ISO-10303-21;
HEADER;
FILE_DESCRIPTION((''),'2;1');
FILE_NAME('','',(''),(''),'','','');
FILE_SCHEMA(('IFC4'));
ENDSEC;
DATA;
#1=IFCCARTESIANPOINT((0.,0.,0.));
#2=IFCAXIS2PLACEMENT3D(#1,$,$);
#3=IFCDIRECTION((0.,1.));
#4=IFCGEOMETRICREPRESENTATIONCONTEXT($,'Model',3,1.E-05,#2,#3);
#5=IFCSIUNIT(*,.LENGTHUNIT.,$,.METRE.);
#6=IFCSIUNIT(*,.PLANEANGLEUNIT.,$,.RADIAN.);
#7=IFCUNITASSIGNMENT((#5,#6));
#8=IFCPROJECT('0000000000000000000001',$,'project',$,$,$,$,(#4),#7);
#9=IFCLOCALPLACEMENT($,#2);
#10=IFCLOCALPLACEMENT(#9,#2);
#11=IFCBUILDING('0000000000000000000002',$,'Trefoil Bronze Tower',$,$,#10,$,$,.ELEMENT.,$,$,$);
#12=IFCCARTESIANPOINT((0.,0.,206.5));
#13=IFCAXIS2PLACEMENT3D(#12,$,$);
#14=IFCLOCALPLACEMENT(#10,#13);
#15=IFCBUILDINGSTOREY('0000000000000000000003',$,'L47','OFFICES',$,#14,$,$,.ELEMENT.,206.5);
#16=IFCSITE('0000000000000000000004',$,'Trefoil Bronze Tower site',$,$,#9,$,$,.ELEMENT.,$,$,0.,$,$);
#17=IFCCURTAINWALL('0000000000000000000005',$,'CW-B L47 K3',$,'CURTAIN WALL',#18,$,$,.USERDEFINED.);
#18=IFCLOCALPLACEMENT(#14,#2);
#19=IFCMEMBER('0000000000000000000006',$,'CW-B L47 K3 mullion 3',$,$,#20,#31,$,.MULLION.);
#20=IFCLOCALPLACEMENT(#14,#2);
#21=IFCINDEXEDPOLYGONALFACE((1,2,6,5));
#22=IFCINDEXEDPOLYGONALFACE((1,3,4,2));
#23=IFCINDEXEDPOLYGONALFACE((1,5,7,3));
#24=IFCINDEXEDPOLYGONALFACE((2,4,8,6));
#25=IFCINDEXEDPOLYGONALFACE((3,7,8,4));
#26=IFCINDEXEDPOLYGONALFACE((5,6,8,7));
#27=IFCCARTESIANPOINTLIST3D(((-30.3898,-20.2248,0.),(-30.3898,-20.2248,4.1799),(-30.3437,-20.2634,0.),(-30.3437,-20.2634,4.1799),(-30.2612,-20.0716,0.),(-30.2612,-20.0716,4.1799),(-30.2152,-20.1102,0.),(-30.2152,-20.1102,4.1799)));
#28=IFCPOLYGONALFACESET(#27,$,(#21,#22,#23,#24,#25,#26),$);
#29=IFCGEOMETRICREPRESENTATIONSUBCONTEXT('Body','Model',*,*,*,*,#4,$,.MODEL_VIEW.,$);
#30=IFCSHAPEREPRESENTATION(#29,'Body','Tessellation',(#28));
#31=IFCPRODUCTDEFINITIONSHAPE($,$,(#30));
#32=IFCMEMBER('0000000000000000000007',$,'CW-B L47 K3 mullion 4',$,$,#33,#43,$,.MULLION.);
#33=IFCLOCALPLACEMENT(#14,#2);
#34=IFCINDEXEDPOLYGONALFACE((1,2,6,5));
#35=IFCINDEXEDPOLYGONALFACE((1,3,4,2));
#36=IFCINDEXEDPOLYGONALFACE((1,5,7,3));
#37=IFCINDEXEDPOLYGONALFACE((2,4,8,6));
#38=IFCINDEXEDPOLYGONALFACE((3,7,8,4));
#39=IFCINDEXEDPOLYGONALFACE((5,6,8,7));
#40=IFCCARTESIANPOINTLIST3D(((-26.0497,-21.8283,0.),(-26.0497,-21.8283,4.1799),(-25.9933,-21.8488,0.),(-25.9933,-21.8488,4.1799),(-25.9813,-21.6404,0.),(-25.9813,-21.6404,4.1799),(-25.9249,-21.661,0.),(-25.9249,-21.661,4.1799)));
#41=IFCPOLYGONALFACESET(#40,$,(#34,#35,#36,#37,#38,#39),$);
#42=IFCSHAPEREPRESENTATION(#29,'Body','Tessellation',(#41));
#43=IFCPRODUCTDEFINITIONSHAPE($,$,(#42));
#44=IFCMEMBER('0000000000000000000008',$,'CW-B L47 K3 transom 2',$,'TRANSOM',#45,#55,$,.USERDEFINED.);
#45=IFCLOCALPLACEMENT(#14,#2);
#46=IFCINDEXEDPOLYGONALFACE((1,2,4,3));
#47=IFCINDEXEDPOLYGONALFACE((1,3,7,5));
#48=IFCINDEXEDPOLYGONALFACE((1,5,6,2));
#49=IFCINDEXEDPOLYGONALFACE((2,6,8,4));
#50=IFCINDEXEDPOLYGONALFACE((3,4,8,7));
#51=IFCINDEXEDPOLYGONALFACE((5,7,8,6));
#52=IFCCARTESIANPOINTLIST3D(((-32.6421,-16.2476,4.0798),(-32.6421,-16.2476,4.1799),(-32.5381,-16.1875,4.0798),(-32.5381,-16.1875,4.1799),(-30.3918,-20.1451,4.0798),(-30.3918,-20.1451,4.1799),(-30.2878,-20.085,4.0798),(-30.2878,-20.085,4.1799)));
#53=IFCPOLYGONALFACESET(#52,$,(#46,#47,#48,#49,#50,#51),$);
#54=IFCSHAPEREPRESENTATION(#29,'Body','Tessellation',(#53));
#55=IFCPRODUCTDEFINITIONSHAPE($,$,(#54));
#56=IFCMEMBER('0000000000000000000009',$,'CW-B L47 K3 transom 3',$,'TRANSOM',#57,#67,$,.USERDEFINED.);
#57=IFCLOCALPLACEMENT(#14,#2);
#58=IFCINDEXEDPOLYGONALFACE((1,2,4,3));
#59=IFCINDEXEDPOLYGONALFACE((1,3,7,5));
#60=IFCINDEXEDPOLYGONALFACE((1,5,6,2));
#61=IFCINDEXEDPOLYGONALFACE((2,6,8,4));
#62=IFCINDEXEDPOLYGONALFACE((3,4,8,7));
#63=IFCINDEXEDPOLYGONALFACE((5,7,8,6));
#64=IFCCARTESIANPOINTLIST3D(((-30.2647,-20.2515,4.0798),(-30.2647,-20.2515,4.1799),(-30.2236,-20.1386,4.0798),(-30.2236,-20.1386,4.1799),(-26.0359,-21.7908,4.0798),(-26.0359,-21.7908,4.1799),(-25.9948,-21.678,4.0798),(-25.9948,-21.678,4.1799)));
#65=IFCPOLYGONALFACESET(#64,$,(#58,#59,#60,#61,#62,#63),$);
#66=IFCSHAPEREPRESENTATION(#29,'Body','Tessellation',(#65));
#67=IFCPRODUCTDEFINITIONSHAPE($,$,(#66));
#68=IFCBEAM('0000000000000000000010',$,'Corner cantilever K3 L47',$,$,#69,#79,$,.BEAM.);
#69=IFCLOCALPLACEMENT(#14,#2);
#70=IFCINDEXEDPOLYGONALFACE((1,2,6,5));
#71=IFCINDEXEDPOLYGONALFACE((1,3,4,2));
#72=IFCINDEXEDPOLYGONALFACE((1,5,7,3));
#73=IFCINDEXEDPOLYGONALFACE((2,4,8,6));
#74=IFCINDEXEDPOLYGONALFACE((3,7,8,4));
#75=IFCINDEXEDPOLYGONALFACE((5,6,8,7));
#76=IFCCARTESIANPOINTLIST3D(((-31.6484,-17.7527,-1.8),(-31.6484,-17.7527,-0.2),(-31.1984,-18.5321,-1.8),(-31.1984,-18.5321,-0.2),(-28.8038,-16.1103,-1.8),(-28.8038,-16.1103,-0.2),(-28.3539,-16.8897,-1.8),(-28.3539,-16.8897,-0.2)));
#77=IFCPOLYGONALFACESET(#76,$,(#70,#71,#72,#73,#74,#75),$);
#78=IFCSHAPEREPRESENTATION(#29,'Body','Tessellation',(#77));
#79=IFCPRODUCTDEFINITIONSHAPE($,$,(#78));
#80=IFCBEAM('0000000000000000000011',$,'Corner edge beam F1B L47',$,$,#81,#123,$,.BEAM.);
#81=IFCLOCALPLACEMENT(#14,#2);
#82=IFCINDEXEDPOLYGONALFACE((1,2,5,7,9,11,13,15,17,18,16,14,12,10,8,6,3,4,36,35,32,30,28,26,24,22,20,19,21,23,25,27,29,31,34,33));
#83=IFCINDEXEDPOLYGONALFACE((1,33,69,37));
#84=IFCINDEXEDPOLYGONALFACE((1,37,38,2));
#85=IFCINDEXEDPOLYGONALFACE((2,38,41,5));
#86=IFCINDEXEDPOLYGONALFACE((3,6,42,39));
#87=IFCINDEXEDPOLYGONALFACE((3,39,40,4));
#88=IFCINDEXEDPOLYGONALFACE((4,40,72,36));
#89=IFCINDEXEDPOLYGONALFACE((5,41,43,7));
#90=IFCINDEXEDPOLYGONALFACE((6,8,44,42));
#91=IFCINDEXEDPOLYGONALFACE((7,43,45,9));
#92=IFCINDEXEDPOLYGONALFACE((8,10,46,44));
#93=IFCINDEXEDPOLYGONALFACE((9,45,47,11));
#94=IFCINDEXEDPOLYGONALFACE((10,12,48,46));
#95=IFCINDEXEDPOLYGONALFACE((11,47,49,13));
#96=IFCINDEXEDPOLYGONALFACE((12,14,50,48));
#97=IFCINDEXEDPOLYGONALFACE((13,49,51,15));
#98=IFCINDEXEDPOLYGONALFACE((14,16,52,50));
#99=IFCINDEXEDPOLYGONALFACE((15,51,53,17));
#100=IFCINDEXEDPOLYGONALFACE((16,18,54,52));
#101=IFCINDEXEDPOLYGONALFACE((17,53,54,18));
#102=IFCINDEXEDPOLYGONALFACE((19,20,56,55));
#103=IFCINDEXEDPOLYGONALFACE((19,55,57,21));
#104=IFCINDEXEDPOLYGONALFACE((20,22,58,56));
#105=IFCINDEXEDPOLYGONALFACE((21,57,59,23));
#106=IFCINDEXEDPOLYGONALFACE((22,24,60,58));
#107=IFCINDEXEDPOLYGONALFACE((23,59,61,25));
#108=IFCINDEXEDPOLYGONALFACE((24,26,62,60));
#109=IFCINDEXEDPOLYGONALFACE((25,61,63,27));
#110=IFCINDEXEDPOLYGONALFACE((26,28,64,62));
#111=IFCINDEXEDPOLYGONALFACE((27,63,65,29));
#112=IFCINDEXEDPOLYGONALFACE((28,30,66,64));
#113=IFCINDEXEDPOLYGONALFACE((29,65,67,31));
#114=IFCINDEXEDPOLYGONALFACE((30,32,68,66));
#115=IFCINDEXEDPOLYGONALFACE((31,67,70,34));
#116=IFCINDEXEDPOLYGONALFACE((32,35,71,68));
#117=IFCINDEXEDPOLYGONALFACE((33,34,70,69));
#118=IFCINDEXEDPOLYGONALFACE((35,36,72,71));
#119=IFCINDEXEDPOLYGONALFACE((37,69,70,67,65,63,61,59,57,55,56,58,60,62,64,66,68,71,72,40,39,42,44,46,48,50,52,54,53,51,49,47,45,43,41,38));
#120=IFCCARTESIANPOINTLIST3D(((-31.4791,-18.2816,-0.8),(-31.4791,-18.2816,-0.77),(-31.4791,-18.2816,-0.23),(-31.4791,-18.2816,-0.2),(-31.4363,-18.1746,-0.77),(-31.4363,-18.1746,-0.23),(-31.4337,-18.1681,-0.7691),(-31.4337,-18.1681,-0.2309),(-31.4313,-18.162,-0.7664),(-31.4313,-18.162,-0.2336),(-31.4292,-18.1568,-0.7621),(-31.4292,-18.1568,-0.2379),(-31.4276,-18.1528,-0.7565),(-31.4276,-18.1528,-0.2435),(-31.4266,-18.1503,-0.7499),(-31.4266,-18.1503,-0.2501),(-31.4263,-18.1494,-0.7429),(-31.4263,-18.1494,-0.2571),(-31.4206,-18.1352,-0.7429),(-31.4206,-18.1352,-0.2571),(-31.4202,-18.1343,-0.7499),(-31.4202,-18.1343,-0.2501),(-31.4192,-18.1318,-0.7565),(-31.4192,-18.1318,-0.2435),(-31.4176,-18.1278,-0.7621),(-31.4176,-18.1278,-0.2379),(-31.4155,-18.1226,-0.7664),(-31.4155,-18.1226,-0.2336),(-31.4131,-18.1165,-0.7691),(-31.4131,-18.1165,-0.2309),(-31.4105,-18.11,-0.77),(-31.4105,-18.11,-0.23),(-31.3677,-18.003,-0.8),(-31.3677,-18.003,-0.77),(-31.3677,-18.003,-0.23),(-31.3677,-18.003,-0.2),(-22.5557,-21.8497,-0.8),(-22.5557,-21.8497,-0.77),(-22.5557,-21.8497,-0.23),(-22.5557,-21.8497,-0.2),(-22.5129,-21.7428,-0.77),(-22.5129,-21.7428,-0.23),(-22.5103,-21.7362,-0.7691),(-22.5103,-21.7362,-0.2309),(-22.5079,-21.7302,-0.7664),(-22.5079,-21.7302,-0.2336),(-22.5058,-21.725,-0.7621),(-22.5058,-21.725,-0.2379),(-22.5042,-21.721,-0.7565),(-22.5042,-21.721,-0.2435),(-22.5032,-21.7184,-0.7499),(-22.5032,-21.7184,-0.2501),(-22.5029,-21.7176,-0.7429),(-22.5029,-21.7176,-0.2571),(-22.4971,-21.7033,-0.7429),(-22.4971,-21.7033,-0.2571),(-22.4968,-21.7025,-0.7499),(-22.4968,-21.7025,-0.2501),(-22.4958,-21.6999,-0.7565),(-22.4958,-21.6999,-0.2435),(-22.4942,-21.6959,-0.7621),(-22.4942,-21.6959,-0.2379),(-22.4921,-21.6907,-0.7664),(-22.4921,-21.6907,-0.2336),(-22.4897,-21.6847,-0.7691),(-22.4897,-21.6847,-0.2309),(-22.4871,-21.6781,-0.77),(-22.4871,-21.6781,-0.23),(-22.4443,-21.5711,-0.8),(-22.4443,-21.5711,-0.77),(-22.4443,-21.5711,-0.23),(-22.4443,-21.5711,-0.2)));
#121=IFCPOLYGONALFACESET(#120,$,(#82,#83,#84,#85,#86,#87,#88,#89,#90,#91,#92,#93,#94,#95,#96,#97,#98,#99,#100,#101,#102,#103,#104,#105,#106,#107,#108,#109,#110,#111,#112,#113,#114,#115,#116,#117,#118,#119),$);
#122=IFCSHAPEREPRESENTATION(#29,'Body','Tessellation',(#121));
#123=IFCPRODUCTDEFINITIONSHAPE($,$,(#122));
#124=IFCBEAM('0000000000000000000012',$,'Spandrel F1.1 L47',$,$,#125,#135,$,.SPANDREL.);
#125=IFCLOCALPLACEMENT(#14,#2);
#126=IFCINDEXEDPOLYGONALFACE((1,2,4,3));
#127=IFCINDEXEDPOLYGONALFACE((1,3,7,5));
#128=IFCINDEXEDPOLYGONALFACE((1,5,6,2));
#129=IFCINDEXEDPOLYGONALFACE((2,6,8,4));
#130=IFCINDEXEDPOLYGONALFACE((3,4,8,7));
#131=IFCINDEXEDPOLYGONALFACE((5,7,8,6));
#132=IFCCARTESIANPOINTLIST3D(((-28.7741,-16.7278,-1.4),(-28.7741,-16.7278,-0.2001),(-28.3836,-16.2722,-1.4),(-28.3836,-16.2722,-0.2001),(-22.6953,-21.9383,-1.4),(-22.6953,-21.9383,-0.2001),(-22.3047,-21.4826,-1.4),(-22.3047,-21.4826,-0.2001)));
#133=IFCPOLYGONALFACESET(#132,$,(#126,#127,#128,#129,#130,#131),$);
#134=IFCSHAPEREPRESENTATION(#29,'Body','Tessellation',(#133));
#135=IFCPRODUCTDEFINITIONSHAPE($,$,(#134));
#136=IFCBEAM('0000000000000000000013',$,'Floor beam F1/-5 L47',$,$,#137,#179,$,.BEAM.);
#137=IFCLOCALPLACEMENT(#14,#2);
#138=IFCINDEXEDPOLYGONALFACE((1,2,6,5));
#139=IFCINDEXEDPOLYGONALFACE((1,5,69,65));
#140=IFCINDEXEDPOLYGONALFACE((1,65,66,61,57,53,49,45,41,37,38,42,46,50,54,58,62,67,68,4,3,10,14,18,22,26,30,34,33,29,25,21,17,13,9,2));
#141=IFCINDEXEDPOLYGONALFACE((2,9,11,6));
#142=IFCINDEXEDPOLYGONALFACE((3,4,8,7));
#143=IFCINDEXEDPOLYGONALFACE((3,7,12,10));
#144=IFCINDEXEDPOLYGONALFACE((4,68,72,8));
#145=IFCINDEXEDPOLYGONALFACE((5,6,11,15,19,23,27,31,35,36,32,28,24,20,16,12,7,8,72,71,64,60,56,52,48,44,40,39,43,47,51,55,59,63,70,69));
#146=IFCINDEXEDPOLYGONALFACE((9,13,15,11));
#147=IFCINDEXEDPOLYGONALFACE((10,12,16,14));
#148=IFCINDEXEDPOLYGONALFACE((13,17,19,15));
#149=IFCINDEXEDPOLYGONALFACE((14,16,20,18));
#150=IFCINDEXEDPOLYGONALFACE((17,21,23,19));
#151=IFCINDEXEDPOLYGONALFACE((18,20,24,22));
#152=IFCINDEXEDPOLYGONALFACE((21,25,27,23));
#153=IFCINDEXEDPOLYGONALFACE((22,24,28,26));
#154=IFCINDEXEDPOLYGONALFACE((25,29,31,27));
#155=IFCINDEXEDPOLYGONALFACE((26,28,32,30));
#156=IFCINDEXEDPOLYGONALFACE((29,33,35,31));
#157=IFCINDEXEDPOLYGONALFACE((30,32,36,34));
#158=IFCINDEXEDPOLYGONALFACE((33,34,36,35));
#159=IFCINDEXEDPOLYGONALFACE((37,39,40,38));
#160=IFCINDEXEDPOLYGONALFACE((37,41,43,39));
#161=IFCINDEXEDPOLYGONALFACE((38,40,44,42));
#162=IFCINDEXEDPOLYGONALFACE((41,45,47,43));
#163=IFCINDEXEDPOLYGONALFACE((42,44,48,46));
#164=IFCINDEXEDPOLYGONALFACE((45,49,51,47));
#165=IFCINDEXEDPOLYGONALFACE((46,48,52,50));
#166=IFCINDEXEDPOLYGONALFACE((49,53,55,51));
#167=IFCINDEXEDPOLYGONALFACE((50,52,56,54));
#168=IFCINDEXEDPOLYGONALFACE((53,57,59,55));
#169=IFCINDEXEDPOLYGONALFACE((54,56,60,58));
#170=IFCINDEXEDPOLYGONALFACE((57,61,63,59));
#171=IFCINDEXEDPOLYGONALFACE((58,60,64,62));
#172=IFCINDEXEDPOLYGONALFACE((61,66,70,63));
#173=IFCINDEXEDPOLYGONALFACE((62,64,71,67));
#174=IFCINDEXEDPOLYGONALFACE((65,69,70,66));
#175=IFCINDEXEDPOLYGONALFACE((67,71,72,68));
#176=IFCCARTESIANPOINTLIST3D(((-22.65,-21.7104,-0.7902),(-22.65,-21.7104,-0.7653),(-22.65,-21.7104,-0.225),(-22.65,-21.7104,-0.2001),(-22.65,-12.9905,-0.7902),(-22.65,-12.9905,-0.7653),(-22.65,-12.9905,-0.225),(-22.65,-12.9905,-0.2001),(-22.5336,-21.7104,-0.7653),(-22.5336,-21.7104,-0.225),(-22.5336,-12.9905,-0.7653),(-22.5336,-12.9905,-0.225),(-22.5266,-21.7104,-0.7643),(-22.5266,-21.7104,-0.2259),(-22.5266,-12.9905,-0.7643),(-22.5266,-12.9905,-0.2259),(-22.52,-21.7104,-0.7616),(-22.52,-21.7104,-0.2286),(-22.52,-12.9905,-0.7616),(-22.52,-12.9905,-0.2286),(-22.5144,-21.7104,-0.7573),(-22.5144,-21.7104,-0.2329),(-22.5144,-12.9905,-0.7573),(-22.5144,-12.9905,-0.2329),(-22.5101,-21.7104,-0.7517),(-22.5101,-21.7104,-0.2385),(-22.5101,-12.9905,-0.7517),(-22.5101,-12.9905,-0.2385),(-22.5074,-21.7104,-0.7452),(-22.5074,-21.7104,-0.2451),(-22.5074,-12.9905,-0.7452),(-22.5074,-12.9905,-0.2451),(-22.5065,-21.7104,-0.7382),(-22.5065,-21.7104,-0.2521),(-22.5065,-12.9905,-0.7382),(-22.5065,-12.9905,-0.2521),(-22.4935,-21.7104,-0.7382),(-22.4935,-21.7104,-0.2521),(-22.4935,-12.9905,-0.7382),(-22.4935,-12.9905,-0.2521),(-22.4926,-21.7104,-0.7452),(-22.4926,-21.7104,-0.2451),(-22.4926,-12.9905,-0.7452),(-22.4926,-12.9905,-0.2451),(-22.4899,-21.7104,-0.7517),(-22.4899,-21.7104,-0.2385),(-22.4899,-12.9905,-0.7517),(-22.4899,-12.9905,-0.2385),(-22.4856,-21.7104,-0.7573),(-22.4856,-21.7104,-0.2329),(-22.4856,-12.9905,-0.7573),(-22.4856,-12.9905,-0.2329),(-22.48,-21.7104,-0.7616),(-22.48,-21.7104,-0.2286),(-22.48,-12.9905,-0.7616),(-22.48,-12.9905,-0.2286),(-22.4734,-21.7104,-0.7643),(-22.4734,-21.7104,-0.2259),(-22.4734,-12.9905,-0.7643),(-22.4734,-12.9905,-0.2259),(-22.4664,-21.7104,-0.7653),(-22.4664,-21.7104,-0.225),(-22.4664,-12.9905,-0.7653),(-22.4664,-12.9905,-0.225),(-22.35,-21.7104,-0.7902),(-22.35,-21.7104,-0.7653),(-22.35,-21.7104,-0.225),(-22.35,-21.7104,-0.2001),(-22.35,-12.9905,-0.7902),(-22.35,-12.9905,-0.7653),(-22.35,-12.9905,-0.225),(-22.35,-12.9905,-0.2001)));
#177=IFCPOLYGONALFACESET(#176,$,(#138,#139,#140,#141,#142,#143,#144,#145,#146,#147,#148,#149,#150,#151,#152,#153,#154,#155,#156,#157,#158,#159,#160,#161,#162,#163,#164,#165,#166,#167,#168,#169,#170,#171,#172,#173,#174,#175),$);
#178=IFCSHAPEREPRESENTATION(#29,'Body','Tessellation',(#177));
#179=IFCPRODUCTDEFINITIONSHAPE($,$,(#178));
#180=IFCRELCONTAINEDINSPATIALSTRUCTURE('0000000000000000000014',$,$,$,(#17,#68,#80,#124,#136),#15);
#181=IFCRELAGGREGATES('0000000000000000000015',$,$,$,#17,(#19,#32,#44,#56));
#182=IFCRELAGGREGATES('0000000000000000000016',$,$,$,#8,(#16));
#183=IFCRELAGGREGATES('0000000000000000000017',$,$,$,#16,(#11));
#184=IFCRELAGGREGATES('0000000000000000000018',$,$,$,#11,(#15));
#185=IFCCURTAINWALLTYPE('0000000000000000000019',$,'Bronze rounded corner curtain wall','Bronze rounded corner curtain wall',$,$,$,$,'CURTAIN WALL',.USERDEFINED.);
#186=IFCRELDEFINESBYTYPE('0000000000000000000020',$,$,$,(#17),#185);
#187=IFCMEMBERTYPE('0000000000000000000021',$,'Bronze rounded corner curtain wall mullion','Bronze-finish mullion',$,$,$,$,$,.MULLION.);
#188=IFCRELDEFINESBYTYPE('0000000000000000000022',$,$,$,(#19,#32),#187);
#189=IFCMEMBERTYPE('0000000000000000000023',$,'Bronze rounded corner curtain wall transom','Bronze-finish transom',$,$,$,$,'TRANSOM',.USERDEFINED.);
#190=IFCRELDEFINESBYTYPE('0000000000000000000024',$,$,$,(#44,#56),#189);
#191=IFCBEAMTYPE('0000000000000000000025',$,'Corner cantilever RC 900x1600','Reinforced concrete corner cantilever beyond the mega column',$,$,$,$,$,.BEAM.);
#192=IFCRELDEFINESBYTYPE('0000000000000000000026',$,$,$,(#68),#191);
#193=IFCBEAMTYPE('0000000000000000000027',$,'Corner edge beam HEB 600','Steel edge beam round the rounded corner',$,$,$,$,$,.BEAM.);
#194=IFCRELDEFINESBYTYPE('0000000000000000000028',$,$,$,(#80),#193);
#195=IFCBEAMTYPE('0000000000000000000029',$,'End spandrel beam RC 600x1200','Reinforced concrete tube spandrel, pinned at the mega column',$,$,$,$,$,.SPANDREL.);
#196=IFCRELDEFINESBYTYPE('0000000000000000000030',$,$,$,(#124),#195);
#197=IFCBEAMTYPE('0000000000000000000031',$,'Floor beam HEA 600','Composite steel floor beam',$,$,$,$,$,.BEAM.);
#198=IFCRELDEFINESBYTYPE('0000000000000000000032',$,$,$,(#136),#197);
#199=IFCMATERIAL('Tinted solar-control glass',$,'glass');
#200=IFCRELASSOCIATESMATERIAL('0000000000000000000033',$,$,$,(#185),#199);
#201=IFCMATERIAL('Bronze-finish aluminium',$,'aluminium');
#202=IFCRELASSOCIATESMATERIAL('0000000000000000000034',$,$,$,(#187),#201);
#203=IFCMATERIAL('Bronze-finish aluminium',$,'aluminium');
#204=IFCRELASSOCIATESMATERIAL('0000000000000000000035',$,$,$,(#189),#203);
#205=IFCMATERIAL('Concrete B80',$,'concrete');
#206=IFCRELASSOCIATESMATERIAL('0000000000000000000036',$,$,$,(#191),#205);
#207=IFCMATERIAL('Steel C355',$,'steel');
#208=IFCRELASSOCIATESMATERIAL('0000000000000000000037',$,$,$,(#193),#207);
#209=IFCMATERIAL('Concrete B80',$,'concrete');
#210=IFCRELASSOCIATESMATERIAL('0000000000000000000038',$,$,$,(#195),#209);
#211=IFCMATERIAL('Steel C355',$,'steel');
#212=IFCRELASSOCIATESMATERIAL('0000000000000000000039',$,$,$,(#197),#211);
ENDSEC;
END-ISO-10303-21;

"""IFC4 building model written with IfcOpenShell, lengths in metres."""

from ifc_helpers import new_model, si_unit, direction, frame, origin, origin_2d, place, context, subcontext, project, spatial, rectangle, i_section, extrude, material, material_profile, profile_set, type_object, element, aggregate, save


model = new_model("IFC4")

# Units and contexts
model_context = context("Model", 3, precision=1e-05, world=origin(), true_north=direction((0.0, 1.0)))
body_context = subcontext(model_context, "Body", "Model", "MODEL_VIEW")
ifc_project = project(units=[si_unit("LENGTHUNIT", "METRE"), si_unit("PLANEANGLEUNIT", "RADIAN")], contexts=[model_context])

# Site, building, storey
site_placement = place(None, origin())
site = spatial("IfcSite", under=ifc_project, at=site_placement, Name="Trefoil Bronze Tower site", CompositionType="ELEMENT", RefElevation=0.0)
building_placement = place(site_placement, origin())
building = spatial("IfcBuilding", under=site, at=building_placement, Name="Trefoil Bronze Tower", CompositionType="ELEMENT")
storey_placement = place(building_placement, frame((0.0, 0.0, 206.5)))
storey = spatial("IfcBuildingStorey", under=building, at=storey_placement, Name="L47", Description="OFFICES", CompositionType="ELEMENT", Elevation=206.5)

# Curtain wall, members
ifc_material_1 = material(Name="Tinted solar-control glass", Category="glass")
curtain_wall_type_1 = type_object("IfcCurtainWallType", Name="Bronze rounded corner curtain wall", Description="Bronze rounded corner curtain wall", ElementType="CURTAIN WALL", PredefinedType="USERDEFINED", material=ifc_material_1)
curtain_wall_1_placement = place(storey_placement, origin())
curtain_wall_1 = element("IfcCurtainWall", 1, at=curtain_wall_1_placement, inside=storey, type_object=curtain_wall_type_1, Name="CW-B L47 K3", ObjectType="CURTAIN WALL", PredefinedType="USERDEFINED")
ifc_material_2 = material(Name="Bronze-finish aluminium", Category="aluminium")
ifc_material_profile_1 = material_profile(ifc_material_2, rectangle(XDim=0.2, YDim=0.0601, at=origin_2d()), Name="CW-B mullion")
ifc_profile_set_1 = profile_set([ifc_material_profile_1], Name="Bronze-finish aluminium")
member_type_1 = type_object("IfcMemberType", Name="Bronze rounded corner curtain wall mullion", Description="Bronze-finish mullion", PredefinedType="MULLION", material=ifc_profile_set_1)
member_1_placement = place(storey_placement, frame((-30.3025, -20.1675, 0.0), z_axis=(0.0, 0.0, 1.0), x_axis=(0.642788, 0.766044, 0.0)))
member_1 = element("IfcMember", 2, at=member_1_placement, type_object=member_type_1, Name="CW-B L47 K3 mullion 3", PredefinedType="MULLION", context=body_context, shape_type="SweptSolid", body=[
    extrude(rectangle(XDim=0.2, YDim=0.0601, at=origin_2d()), origin(), (0.0, 0.0, 1.0), 4.1799),
])
member_2_placement = place(storey_placement, frame((-25.9873, -21.7446, 0.0), z_axis=(0.0, 0.0, 1.0), x_axis=(0.34202, 0.939693, 0.0)))
member_2 = element("IfcMember", 3, at=member_2_placement, type_object=member_type_1, Name="CW-B L47 K3 mullion 4", PredefinedType="MULLION", context=body_context, shape_type="SweptSolid", body=[
    extrude(rectangle(XDim=0.2, YDim=0.0601, at=origin_2d()), origin(), (0.0, 0.0, 1.0), 4.1799),
])
ifc_material_3 = material(Name="Bronze-finish aluminium", Category="aluminium")
ifc_material_profile_2 = material_profile(ifc_material_3, rectangle(XDim=0.1201, YDim=0.1001, at=origin_2d()), Name="CW-B transom")
ifc_profile_set_2 = profile_set([ifc_material_profile_2], Name="Bronze-finish aluminium")
member_type_2 = type_object("IfcMemberType", Name="Bronze rounded corner curtain wall transom", Description="Bronze-finish transom", ElementType="TRANSOM", PredefinedType="USERDEFINED", material=ifc_profile_set_2)
member_3_placement = place(storey_placement, frame((-32.5901, -16.2175, 4.1299), z_axis=(0.500007, -0.866021, 0.0), x_axis=(0.866021, 0.500007, 0.0)))
member_3 = element("IfcMember", 4, at=member_3_placement, type_object=member_type_2, Name="CW-B L47 K3 transom 2", ObjectType="TRANSOM", PredefinedType="USERDEFINED", context=body_context, shape_type="SweptSolid", body=[
    extrude(rectangle(XDim=0.1201, YDim=0.1001, at=origin_2d()), origin(), (0.0, 0.0, 1.0), 4.5005),
])
member_4_placement = place(storey_placement, frame((-30.2441, -20.1951, 4.1299), z_axis=(0.939681, -0.342052, 0.0), x_axis=(0.342052, 0.939681, 0.0)))
member_4 = element("IfcMember", 5, at=member_4_placement, type_object=member_type_2, Name="CW-B L47 K3 transom 3", ObjectType="TRANSOM", PredefinedType="USERDEFINED", context=body_context, shape_type="SweptSolid", body=[
    extrude(rectangle(XDim=0.1201, YDim=0.1001, at=origin_2d()), origin(), (0.0, 0.0, 1.0), 4.5002),
])

# Beams
ifc_material_4 = material(Name="Concrete B80", Category="concrete")
ifc_material_profile_3 = material_profile(ifc_material_4, rectangle(XDim=0.8999, YDim=1.6001, at=origin_2d()), Name="RC 900x1600")
ifc_profile_set_3 = profile_set([ifc_material_profile_3], Name="Concrete B80")
beam_type_1 = type_object("IfcBeamType", Name="Corner cantilever RC 900x1600", Description="Reinforced concrete corner cantilever beyond the mega column", PredefinedType="BEAM", material=ifc_profile_set_3)
beam_1_placement = place(storey_placement, frame((-28.5789, -16.5, -1.0), z_axis=(-0.866016, -0.500016, 0.0), x_axis=(0.500016, -0.866016, 0.0)))
element("IfcBeam", 6, at=beam_1_placement, inside=storey, type_object=beam_type_1, Name="Corner cantilever K3 L47", PredefinedType="BEAM", context=body_context, shape_type="SweptSolid", body=[
    extrude(rectangle(XDim=0.8999, YDim=1.6001, at=origin_2d()), origin(), (0.0, 0.0, 1.0), 3.2847),
])
ifc_material_5 = material(Name="Steel C355", Category="steel")
ifc_material_profile_4 = material_profile(ifc_material_5, i_section(OverallWidth=0.3, OverallDepth=0.6001, WebThickness=0.0154, FlangeThickness=0.03, FilletRadius=0.0271, at=origin_2d()), Name="HEB 600")
ifc_profile_set_4 = profile_set([ifc_material_profile_4], Name="Steel C355")
beam_type_2 = type_object("IfcBeamType", Name="Corner edge beam HEB 600", Description="Steel edge beam round the rounded corner", PredefinedType="BEAM", material=ifc_profile_set_4)
beam_2_placement = place(storey_placement, frame((-22.5, -21.7104, -0.5), z_axis=(-0.92852, 0.371281, 0.0), x_axis=(-0.371281, -0.92852, 0.0)))
element("IfcBeam", 7, at=beam_2_placement, inside=storey, type_object=beam_type_2, Name="Corner edge beam F1B L47", PredefinedType="BEAM", context=body_context, shape_type="SweptSolid", body=[
    extrude(i_section(OverallWidth=0.3, OverallDepth=0.6001, WebThickness=0.0154, FlangeThickness=0.03, FilletRadius=0.0271, at=origin_2d()), origin(), (0.0, 0.0, 1.0), 9.6104),
])
ifc_material_6 = material(Name="Concrete B80", Category="concrete")
ifc_material_profile_5 = material_profile(ifc_material_6, rectangle(XDim=0.6001, YDim=1.2, at=origin_2d()), Name="RC 600x1200")
ifc_profile_set_5 = profile_set([ifc_material_profile_5], Name="Concrete B80")
beam_type_3 = type_object("IfcBeamType", Name="End spandrel beam RC 600x1200", Description="Reinforced concrete tube spandrel, pinned at the mega column", PredefinedType="SPANDREL", material=ifc_profile_set_5)
beam_3_placement = place(storey_placement, frame((-28.5789, -16.5, -0.8), z_axis=(0.759257, -0.650791, 0.0), x_axis=(0.650791, 0.759257, 0.0)))
element("IfcBeam", 8, at=beam_3_placement, inside=storey, type_object=beam_type_3, Name="Spandrel F1.1 L47", PredefinedType="SPANDREL", context=body_context, shape_type="SweptSolid", body=[
    extrude(rectangle(XDim=0.6001, YDim=1.2, at=origin_2d()), origin(), (0.0, 0.0, 1.0), 8.0063),
])
ifc_material_7 = material(Name="Steel C355", Category="steel")
ifc_material_profile_6 = material_profile(ifc_material_7, i_section(OverallWidth=0.3, OverallDepth=0.5901, WebThickness=0.0129, FlangeThickness=0.0249, FilletRadius=0.0271, at=origin_2d()), Name="HEA 600")
ifc_profile_set_6 = profile_set([ifc_material_profile_6], Name="Steel C355")
beam_type_4 = type_object("IfcBeamType", Name="Floor beam HEA 600", Description="Composite steel floor beam", PredefinedType="BEAM", material=ifc_profile_set_6)
beam_4_placement = place(storey_placement, frame((-22.5, -21.7104, -0.4951), z_axis=(0.0, 1.0, 0.0), x_axis=(-1.0, 0.0, 0.0)))
element("IfcBeam", 9, at=beam_4_placement, inside=storey, type_object=beam_type_4, Name="Floor beam F1/-5 L47", PredefinedType="BEAM", context=body_context, shape_type="SweptSolid", body=[
    extrude(i_section(OverallWidth=0.3, OverallDepth=0.5901, WebThickness=0.0129, FlangeThickness=0.0249, FilletRadius=0.0271, at=origin_2d()), origin(), (0.0, 0.0, 1.0), 8.72),
])

aggregate(curtain_wall_1, [member_1, member_2, member_3, member_4])

save(model, "model.ifc")
